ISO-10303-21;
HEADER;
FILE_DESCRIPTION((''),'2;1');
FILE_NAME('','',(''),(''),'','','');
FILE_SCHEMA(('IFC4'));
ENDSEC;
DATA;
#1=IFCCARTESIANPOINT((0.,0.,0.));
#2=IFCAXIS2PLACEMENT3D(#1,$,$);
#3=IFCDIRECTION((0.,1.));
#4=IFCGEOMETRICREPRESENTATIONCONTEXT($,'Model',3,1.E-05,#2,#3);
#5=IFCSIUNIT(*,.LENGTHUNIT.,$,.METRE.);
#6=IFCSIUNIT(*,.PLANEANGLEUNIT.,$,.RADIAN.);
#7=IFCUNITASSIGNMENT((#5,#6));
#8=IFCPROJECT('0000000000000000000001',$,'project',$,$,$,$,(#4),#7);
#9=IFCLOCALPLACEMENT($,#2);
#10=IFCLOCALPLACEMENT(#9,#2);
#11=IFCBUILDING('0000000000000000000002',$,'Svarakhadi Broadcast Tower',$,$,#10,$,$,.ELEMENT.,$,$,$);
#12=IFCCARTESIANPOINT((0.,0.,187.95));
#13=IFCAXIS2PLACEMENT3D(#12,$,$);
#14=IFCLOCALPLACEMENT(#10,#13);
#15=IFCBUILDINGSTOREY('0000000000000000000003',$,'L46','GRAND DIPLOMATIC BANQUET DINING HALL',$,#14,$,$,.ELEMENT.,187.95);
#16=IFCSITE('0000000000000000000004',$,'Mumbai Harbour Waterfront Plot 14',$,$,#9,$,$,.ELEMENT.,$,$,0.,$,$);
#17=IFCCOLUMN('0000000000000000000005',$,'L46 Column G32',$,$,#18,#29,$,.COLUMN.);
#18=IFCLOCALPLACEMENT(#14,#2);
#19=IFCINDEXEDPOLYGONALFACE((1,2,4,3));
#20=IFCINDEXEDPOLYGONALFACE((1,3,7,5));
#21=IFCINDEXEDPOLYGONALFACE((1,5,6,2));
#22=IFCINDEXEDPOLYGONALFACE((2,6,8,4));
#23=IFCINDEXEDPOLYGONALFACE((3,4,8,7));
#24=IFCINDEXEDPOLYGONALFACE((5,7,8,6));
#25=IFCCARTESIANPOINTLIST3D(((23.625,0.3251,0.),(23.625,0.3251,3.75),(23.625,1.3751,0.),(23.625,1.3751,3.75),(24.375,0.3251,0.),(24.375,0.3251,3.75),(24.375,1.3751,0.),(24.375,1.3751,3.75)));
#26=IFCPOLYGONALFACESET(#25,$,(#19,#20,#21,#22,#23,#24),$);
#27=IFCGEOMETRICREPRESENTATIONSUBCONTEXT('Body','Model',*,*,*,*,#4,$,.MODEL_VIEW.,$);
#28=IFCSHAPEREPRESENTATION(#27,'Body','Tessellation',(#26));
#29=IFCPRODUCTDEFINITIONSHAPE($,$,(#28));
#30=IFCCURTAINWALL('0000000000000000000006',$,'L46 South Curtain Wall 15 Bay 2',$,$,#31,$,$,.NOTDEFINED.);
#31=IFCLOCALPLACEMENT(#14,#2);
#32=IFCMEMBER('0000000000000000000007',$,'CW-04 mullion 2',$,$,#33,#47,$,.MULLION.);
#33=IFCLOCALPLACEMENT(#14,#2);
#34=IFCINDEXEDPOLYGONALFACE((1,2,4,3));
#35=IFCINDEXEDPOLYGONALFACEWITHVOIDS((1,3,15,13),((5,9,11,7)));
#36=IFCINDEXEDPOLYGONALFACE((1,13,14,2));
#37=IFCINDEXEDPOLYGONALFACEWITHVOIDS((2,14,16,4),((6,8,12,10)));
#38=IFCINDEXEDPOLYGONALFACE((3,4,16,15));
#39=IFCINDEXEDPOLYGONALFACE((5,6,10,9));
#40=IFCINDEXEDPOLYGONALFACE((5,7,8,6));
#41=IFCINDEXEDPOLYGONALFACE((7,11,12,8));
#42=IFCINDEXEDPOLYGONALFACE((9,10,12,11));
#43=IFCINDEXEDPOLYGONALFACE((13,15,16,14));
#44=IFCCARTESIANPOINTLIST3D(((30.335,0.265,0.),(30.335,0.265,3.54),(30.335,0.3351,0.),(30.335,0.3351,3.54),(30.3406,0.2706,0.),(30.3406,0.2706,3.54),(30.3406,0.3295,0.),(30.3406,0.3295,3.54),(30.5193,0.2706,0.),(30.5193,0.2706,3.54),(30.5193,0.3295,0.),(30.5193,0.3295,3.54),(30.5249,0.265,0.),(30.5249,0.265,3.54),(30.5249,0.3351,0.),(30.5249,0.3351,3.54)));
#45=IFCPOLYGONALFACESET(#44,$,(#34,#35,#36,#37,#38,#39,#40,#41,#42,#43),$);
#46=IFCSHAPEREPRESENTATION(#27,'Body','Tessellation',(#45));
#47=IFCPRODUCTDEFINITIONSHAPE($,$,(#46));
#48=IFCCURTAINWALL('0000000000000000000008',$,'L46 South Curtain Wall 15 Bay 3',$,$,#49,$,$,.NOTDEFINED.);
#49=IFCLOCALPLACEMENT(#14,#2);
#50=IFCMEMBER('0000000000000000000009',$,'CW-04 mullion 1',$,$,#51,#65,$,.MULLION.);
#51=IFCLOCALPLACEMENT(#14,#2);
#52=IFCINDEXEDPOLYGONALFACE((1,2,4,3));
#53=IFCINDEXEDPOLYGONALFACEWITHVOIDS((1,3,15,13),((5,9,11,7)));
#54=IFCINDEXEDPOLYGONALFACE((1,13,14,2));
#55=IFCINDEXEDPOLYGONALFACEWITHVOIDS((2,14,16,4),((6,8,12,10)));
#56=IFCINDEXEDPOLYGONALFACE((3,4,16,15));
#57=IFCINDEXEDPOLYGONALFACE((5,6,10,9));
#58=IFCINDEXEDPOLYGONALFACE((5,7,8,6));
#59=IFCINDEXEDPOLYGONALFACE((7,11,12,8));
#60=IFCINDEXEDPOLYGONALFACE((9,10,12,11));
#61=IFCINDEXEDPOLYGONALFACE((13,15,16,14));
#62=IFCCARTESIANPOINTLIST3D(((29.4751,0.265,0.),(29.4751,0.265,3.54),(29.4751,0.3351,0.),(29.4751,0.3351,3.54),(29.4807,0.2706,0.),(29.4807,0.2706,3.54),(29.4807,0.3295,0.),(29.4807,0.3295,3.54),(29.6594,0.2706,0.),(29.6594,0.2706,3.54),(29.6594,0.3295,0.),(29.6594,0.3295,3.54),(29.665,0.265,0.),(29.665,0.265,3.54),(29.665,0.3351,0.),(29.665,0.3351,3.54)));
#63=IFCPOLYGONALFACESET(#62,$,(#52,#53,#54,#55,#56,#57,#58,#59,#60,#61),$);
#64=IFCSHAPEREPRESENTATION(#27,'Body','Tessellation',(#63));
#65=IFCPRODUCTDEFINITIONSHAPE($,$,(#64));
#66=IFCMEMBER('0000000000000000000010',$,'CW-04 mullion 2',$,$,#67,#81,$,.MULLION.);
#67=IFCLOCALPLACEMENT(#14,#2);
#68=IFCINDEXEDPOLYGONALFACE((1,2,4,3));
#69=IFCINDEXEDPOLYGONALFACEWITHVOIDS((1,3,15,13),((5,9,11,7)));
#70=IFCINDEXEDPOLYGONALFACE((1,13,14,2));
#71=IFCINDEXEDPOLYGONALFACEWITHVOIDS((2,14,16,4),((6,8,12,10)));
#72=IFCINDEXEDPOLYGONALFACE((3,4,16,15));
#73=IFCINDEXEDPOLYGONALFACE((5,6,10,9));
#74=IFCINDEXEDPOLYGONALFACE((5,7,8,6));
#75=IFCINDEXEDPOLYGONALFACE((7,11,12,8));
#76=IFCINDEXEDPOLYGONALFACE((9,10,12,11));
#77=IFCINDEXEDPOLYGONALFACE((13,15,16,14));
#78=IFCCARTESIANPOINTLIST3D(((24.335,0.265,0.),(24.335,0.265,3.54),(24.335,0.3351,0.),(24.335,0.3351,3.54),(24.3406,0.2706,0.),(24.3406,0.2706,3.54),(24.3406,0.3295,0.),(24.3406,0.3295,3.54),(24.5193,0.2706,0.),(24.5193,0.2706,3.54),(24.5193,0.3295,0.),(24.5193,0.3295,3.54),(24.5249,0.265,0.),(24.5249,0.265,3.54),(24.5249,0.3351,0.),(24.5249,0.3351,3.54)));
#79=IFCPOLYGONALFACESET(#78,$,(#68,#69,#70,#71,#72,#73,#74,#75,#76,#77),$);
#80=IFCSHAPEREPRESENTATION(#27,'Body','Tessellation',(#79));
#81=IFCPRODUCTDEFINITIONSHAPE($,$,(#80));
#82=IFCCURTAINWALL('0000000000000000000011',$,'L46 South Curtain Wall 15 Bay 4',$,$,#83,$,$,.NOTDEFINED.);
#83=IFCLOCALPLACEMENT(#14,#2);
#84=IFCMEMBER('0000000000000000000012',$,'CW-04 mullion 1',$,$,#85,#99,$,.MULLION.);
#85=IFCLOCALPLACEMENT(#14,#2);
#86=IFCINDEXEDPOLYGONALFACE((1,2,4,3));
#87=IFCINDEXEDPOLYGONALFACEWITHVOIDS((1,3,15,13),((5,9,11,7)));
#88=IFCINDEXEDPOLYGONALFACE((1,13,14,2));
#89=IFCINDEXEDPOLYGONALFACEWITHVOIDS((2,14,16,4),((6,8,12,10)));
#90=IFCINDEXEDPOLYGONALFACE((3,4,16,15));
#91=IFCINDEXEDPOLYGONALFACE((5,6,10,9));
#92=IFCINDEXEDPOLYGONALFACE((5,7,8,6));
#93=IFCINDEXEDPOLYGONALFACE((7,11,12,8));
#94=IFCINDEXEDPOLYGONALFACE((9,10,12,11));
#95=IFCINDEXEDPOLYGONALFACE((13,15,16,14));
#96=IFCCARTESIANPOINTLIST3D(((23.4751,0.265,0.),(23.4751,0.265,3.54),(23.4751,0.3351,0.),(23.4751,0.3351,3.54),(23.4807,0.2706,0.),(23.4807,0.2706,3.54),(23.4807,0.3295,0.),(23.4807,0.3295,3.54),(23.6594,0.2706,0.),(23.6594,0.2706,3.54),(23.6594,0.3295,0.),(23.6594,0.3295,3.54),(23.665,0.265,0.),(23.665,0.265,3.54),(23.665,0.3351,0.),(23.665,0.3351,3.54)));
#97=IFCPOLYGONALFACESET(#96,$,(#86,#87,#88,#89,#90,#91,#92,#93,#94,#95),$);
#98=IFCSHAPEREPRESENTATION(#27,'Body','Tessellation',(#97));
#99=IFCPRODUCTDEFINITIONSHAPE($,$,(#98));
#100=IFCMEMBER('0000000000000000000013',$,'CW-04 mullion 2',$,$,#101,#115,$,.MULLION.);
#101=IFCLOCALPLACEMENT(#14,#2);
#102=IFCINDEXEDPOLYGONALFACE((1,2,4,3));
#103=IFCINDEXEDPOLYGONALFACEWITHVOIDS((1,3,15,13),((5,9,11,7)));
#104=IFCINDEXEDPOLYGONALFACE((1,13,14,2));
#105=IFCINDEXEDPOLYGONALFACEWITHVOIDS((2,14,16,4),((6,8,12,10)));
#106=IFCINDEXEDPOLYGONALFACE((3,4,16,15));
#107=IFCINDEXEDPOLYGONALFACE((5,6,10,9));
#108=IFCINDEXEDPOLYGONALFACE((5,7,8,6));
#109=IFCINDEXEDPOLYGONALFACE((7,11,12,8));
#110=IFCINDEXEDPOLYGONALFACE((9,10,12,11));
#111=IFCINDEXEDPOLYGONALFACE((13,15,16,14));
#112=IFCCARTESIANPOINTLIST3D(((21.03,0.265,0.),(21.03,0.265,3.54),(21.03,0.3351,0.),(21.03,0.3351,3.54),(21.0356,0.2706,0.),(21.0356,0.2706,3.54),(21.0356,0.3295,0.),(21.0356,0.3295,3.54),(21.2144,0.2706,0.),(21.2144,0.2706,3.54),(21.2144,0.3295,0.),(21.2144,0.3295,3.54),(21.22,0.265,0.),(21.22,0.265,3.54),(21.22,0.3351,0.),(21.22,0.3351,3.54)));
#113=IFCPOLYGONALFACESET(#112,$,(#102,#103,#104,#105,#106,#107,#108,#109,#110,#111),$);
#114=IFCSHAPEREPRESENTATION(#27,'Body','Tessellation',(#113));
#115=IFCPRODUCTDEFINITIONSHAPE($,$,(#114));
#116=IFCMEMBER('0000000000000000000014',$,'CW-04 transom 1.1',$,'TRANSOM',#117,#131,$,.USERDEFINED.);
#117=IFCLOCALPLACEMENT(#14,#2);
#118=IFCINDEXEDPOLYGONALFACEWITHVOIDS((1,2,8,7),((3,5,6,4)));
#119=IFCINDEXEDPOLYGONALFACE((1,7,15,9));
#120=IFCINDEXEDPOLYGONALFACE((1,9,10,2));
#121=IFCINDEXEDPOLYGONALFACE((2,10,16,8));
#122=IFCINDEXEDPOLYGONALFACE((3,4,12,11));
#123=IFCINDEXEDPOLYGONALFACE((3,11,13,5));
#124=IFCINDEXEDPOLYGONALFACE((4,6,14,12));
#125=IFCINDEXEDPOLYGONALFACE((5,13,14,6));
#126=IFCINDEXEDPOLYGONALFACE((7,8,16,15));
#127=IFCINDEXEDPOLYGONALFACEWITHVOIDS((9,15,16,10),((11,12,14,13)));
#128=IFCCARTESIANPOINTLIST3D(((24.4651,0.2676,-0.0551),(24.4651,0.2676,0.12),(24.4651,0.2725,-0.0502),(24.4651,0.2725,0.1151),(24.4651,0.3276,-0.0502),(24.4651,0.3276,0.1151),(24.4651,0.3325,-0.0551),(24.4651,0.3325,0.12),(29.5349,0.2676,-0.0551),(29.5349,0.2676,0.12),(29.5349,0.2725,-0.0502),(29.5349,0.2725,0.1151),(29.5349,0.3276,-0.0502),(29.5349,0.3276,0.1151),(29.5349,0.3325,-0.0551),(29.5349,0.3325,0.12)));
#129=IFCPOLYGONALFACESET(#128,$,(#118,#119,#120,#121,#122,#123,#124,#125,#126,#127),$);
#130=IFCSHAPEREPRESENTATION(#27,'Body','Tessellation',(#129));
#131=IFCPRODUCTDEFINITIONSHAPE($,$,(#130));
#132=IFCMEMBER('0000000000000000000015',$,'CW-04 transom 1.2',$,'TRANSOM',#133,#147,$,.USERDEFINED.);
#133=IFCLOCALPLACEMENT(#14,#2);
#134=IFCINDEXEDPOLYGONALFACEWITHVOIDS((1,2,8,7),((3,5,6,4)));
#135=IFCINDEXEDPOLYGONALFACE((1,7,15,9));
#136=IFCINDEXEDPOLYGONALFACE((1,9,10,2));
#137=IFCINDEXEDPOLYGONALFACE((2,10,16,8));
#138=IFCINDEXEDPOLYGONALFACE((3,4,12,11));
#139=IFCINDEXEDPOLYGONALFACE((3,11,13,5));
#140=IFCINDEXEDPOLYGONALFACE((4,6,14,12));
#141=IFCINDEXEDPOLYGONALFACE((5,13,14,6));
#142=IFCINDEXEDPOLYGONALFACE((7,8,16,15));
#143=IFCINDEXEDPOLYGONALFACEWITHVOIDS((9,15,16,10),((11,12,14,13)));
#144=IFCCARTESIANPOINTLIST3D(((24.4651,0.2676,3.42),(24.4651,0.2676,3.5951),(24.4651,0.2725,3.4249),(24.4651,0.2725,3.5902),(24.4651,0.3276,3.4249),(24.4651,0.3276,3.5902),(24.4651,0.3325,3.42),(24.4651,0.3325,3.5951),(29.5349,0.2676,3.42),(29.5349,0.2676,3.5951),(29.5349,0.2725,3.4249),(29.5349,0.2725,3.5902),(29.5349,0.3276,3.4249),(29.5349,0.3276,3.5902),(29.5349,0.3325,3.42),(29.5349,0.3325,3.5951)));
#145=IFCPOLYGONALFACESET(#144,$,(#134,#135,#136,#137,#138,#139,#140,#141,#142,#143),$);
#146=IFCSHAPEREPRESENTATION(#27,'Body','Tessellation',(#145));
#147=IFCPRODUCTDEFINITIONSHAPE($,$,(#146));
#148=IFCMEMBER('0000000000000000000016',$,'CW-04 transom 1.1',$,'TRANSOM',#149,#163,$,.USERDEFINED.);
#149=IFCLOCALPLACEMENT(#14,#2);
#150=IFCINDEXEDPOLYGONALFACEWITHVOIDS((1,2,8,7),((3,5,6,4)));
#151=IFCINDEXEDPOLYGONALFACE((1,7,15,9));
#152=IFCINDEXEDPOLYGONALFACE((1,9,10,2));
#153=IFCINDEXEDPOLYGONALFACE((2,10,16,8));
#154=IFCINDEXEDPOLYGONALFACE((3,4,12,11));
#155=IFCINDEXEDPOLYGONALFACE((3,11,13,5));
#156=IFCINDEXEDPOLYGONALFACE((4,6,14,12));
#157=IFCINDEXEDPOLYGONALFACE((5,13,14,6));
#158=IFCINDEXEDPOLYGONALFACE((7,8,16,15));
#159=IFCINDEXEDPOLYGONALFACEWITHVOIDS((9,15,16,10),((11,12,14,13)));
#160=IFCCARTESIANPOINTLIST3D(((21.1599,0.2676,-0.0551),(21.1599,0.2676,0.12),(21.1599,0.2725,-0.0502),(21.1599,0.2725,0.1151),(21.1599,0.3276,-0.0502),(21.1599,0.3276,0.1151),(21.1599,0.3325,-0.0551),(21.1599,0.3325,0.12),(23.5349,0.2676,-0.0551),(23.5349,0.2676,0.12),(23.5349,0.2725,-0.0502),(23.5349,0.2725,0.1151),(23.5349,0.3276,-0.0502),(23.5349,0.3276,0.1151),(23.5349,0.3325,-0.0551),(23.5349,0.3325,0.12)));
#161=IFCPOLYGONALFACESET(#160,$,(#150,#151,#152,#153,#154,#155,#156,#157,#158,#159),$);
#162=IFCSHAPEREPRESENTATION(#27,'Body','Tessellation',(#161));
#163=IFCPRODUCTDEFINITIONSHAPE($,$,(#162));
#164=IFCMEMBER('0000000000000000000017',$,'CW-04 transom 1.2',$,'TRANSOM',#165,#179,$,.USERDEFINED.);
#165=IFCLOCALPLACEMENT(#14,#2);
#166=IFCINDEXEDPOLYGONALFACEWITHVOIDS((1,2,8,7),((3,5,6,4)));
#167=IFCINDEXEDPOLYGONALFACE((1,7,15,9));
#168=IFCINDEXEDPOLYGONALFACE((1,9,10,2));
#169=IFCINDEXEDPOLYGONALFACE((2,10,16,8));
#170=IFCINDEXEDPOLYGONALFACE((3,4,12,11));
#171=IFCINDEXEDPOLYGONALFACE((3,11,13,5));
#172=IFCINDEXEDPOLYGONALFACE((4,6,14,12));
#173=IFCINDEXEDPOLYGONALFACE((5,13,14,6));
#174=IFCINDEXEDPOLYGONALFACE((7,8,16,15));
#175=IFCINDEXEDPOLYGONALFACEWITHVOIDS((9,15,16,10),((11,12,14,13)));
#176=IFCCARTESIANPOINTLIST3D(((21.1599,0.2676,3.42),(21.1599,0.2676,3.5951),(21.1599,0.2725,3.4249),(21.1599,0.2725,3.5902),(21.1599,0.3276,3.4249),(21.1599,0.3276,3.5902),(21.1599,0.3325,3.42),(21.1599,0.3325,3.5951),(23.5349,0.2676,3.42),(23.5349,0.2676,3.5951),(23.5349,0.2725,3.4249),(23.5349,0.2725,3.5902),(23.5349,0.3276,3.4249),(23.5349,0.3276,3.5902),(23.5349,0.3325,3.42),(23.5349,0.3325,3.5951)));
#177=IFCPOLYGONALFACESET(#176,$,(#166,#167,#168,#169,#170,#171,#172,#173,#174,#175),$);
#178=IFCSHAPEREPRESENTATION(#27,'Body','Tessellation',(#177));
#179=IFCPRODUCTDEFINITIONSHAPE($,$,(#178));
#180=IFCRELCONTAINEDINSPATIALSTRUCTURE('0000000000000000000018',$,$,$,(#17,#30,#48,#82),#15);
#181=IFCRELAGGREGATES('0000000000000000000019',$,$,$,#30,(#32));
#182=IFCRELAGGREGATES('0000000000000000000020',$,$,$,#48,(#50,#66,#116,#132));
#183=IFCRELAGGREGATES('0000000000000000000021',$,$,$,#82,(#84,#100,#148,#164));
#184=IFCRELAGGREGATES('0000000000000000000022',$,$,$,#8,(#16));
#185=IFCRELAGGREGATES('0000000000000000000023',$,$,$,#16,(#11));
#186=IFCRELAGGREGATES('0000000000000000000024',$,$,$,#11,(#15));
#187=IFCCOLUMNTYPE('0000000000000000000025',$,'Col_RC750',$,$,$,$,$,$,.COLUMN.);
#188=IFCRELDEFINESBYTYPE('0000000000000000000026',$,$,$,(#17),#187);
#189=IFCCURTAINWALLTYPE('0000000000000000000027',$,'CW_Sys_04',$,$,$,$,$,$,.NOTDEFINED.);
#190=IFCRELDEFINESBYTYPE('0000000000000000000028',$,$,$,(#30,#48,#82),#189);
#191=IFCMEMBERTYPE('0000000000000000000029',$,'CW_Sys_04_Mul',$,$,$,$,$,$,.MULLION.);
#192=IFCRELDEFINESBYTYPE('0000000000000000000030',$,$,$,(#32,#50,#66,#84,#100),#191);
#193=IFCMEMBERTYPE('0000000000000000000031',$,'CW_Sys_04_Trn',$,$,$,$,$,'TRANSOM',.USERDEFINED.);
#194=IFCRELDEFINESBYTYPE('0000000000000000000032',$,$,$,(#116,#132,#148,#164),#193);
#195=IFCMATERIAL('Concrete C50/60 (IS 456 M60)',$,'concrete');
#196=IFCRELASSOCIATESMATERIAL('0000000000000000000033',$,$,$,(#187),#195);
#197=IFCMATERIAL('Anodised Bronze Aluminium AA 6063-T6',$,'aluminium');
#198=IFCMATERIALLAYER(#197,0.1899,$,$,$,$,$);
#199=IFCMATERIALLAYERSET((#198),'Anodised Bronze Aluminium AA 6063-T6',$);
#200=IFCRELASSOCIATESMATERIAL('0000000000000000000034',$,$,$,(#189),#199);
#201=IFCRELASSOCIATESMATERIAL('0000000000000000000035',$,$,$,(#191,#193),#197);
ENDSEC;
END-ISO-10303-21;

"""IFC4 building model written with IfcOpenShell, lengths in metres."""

from ifc_helpers import new_model, si_unit, direction, frame, origin, origin_2d, place, context, subcontext, project, spatial, rectangle, hollow_rectangle, extrude, material, layer, layer_set, material_profile, profile_set, type_object, element, aggregate, save


model = new_model("IFC4")

# Units and contexts
model_context = context("Model", 3, precision=1e-05, world=origin(), true_north=direction((0.0, 1.0)))
body_context = subcontext(model_context, "Body", "Model", "MODEL_VIEW")
ifc_project = project(units=[si_unit("LENGTHUNIT", "METRE"), si_unit("PLANEANGLEUNIT", "RADIAN")], contexts=[model_context])

# Site, building, storey
site_placement = place(None, origin())
site = spatial("IfcSite", under=ifc_project, at=site_placement, Name="Mumbai Harbour Waterfront Plot 14", CompositionType="ELEMENT", RefElevation=0.0)
building_placement = place(site_placement, origin())
building = spatial("IfcBuilding", under=site, at=building_placement, Name="Svarakhadi Broadcast Tower", CompositionType="ELEMENT")
storey_placement = place(building_placement, frame((0.0, 0.0, 187.95)))
storey = spatial("IfcBuildingStorey", under=building, at=storey_placement, Name="L46", Description="GRAND DIPLOMATIC BANQUET DINING HALL", CompositionType="ELEMENT", Elevation=187.95)

# Column
ifc_material_1 = material(Name="Concrete C50/60 (IS 456 M60)", Category="concrete")
ifc_material_profile_1 = material_profile(ifc_material_1, rectangle(XDim=0.75, YDim=1.05, at=origin_2d()), Name="RC 750x1050")
ifc_profile_set_1 = profile_set([ifc_material_profile_1], Name="Concrete C50/60 (IS 456 M60)")
column_type = type_object("IfcColumnType", Name="Col_RC750", PredefinedType="COLUMN", material=ifc_profile_set_1)
column_placement = place(storey_placement, frame((24.0, 0.8501, 0.0), z_axis=(0.0, 0.0, 1.0), x_axis=(1.0, 0.0, 0.0)))
element("IfcColumn", 1, at=column_placement, inside=storey, type_object=column_type, Name="L46 Column G32", PredefinedType="COLUMN", context=body_context, shape_type="SweptSolid", body=[
    extrude(rectangle(XDim=0.75, YDim=1.05, at=origin_2d()), origin(), (0.0, 0.0, 1.0), 3.75),
])

# Curtain wall, member
ifc_material_2 = material(Name="Anodised Bronze Aluminium AA 6063-T6", Category="aluminium")
ifc_layer_1 = layer(ifc_material_2, 0.1899)
ifc_layer_set_1 = layer_set([ifc_layer_1], Name="Anodised Bronze Aluminium AA 6063-T6")
curtain_wall_type = type_object("IfcCurtainWallType", Name="CW_Sys_04", PredefinedType="NOTDEFINED", material=ifc_layer_set_1)
curtain_wall_1_placement = place(storey_placement, origin())
curtain_wall_1 = element("IfcCurtainWall", 2, at=curtain_wall_1_placement, inside=storey, type_object=curtain_wall_type, Name="L46 South Curtain Wall 15 Bay 2", PredefinedType="NOTDEFINED")
ifc_material_profile_2 = material_profile(ifc_material_2, hollow_rectangle(XDim=0.0701, YDim=0.1899, WallThickness=0.0056, at=origin_2d()), Name="ALU MULLION 190x70x6")
ifc_profile_set_2 = profile_set([ifc_material_profile_2], Name="Anodised Bronze Aluminium AA 6063-T6")
member_type_1 = type_object("IfcMemberType", Name="CW_Sys_04_Mul", PredefinedType="MULLION", material=ifc_profile_set_2)
member_1_placement = place(storey_placement, frame((30.4299, 0.3, 0.0), z_axis=(0.0, 0.0, 1.0), x_axis=(0.0, -1.0, 0.0)))
member_1 = element("IfcMember", 3, at=member_1_placement, type_object=member_type_1, Name="CW-04 mullion 2", PredefinedType="MULLION", context=body_context, shape_type="SweptSolid", body=[
    extrude(hollow_rectangle(XDim=0.0701, YDim=0.1899, WallThickness=0.0056, at=origin_2d()), origin(), (0.0, 0.0, 1.0), 3.54),
])
aggregate(curtain_wall_1, [member_1])

# Curtain walls, members
curtain_wall_2_placement = place(storey_placement, origin())
curtain_wall_2 = element("IfcCurtainWall", 4, at=curtain_wall_2_placement, inside=storey, type_object=curtain_wall_type, Name="L46 South Curtain Wall 15 Bay 3", PredefinedType="NOTDEFINED")
member_2_placement = place(storey_placement, frame((29.5701, 0.3, 0.0), z_axis=(0.0, 0.0, 1.0), x_axis=(0.0, -1.0, 0.0)))
member_2 = element("IfcMember", 5, at=member_2_placement, type_object=member_type_1, Name="CW-04 mullion 1", PredefinedType="MULLION", context=body_context, shape_type="SweptSolid", body=[
    extrude(hollow_rectangle(XDim=0.0701, YDim=0.1899, WallThickness=0.0056, at=origin_2d()), origin(), (0.0, 0.0, 1.0), 3.54),
])
member_3_placement = place(storey_placement, frame((24.4299, 0.3, 0.0), z_axis=(0.0, 0.0, 1.0), x_axis=(0.0, -1.0, 0.0)))
member_3 = element("IfcMember", 6, at=member_3_placement, type_object=member_type_1, Name="CW-04 mullion 2", PredefinedType="MULLION", context=body_context, shape_type="SweptSolid", body=[
    extrude(hollow_rectangle(XDim=0.0701, YDim=0.1899, WallThickness=0.0056, at=origin_2d()), origin(), (0.0, 0.0, 1.0), 3.54),
])
curtain_wall_3_placement = place(storey_placement, origin())
curtain_wall_3 = element("IfcCurtainWall", 7, at=curtain_wall_3_placement, inside=storey, type_object=curtain_wall_type, Name="L46 South Curtain Wall 15 Bay 4", PredefinedType="NOTDEFINED")
member_4_placement = place(storey_placement, frame((23.5701, 0.3, 0.0), z_axis=(0.0, 0.0, 1.0), x_axis=(0.0, -1.0, 0.0)))
member_4 = element("IfcMember", 8, at=member_4_placement, type_object=member_type_1, Name="CW-04 mullion 1", PredefinedType="MULLION", context=body_context, shape_type="SweptSolid", body=[
    extrude(hollow_rectangle(XDim=0.0701, YDim=0.1899, WallThickness=0.0056, at=origin_2d()), origin(), (0.0, 0.0, 1.0), 3.54),
])
member_5_placement = place(storey_placement, frame((21.125, 0.3, 0.0), z_axis=(0.0, 0.0, 1.0), x_axis=(0.0, -1.0, 0.0)))
member_5 = element("IfcMember", 9, at=member_5_placement, type_object=member_type_1, Name="CW-04 mullion 2", PredefinedType="MULLION", context=body_context, shape_type="SweptSolid", body=[
    extrude(hollow_rectangle(XDim=0.0701, YDim=0.1899, WallThickness=0.0056, at=origin_2d()), origin(), (0.0, 0.0, 1.0), 3.54),
])

# Members
ifc_material_profile_3 = material_profile(ifc_material_2, hollow_rectangle(XDim=0.0649, YDim=0.175, WallThickness=0.0049, at=origin_2d()), Name="ALU TRANSOM 175x65x5")
ifc_profile_set_3 = profile_set([ifc_material_profile_3], Name="Anodised Bronze Aluminium AA 6063-T6")
member_type_2 = type_object("IfcMemberType", Name="CW_Sys_04_Trn", ElementType="TRANSOM", PredefinedType="USERDEFINED", material=ifc_profile_set_3)
member_6_placement = place(storey_placement, frame((29.5349, 0.3, 0.0325), z_axis=(-1.0, 0.0, 0.0), x_axis=(0.0, -1.0, 0.0)))
member_6 = element("IfcMember", 10, at=member_6_placement, type_object=member_type_2, Name="CW-04 transom 1.1", ObjectType="TRANSOM", PredefinedType="USERDEFINED", context=body_context, shape_type="SweptSolid", body=[
    extrude(hollow_rectangle(XDim=0.0649, YDim=0.175, WallThickness=0.0049, at=origin_2d()), origin(), (0.0, 0.0, 1.0), 5.0698),
])
member_7_placement = place(storey_placement, frame((29.5349, 0.3, 3.5076), z_axis=(-1.0, 0.0, 0.0), x_axis=(0.0, -1.0, 0.0)))
member_7 = element("IfcMember", 11, at=member_7_placement, type_object=member_type_2, Name="CW-04 transom 1.2", ObjectType="TRANSOM", PredefinedType="USERDEFINED", context=body_context, shape_type="SweptSolid", body=[
    extrude(hollow_rectangle(XDim=0.0649, YDim=0.175, WallThickness=0.0049, at=origin_2d()), origin(), (0.0, 0.0, 1.0), 5.0698),
])
member_8_placement = place(storey_placement, frame((23.5349, 0.3, 0.0325), z_axis=(-1.0, 0.0, 0.0), x_axis=(0.0, -1.0, 0.0)))
member_8 = element("IfcMember", 12, at=member_8_placement, type_object=member_type_2, Name="CW-04 transom 1.1", ObjectType="TRANSOM", PredefinedType="USERDEFINED", context=body_context, shape_type="SweptSolid", body=[
    extrude(hollow_rectangle(XDim=0.0649, YDim=0.175, WallThickness=0.0049, at=origin_2d()), origin(), (0.0, 0.0, 1.0), 2.375),
])
member_9_placement = place(storey_placement, frame((23.5349, 0.3, 3.5076), z_axis=(-1.0, 0.0, 0.0), x_axis=(0.0, -1.0, 0.0)))
member_9 = element("IfcMember", 13, at=member_9_placement, type_object=member_type_2, Name="CW-04 transom 1.2", ObjectType="TRANSOM", PredefinedType="USERDEFINED", context=body_context, shape_type="SweptSolid", body=[
    extrude(hollow_rectangle(XDim=0.0649, YDim=0.175, WallThickness=0.0049, at=origin_2d()), origin(), (0.0, 0.0, 1.0), 2.375),
])

aggregate(curtain_wall_2, [member_2, member_3, member_6, member_7])
aggregate(curtain_wall_3, [member_4, member_5, member_8, member_9])

save(model, "model.ifc")
